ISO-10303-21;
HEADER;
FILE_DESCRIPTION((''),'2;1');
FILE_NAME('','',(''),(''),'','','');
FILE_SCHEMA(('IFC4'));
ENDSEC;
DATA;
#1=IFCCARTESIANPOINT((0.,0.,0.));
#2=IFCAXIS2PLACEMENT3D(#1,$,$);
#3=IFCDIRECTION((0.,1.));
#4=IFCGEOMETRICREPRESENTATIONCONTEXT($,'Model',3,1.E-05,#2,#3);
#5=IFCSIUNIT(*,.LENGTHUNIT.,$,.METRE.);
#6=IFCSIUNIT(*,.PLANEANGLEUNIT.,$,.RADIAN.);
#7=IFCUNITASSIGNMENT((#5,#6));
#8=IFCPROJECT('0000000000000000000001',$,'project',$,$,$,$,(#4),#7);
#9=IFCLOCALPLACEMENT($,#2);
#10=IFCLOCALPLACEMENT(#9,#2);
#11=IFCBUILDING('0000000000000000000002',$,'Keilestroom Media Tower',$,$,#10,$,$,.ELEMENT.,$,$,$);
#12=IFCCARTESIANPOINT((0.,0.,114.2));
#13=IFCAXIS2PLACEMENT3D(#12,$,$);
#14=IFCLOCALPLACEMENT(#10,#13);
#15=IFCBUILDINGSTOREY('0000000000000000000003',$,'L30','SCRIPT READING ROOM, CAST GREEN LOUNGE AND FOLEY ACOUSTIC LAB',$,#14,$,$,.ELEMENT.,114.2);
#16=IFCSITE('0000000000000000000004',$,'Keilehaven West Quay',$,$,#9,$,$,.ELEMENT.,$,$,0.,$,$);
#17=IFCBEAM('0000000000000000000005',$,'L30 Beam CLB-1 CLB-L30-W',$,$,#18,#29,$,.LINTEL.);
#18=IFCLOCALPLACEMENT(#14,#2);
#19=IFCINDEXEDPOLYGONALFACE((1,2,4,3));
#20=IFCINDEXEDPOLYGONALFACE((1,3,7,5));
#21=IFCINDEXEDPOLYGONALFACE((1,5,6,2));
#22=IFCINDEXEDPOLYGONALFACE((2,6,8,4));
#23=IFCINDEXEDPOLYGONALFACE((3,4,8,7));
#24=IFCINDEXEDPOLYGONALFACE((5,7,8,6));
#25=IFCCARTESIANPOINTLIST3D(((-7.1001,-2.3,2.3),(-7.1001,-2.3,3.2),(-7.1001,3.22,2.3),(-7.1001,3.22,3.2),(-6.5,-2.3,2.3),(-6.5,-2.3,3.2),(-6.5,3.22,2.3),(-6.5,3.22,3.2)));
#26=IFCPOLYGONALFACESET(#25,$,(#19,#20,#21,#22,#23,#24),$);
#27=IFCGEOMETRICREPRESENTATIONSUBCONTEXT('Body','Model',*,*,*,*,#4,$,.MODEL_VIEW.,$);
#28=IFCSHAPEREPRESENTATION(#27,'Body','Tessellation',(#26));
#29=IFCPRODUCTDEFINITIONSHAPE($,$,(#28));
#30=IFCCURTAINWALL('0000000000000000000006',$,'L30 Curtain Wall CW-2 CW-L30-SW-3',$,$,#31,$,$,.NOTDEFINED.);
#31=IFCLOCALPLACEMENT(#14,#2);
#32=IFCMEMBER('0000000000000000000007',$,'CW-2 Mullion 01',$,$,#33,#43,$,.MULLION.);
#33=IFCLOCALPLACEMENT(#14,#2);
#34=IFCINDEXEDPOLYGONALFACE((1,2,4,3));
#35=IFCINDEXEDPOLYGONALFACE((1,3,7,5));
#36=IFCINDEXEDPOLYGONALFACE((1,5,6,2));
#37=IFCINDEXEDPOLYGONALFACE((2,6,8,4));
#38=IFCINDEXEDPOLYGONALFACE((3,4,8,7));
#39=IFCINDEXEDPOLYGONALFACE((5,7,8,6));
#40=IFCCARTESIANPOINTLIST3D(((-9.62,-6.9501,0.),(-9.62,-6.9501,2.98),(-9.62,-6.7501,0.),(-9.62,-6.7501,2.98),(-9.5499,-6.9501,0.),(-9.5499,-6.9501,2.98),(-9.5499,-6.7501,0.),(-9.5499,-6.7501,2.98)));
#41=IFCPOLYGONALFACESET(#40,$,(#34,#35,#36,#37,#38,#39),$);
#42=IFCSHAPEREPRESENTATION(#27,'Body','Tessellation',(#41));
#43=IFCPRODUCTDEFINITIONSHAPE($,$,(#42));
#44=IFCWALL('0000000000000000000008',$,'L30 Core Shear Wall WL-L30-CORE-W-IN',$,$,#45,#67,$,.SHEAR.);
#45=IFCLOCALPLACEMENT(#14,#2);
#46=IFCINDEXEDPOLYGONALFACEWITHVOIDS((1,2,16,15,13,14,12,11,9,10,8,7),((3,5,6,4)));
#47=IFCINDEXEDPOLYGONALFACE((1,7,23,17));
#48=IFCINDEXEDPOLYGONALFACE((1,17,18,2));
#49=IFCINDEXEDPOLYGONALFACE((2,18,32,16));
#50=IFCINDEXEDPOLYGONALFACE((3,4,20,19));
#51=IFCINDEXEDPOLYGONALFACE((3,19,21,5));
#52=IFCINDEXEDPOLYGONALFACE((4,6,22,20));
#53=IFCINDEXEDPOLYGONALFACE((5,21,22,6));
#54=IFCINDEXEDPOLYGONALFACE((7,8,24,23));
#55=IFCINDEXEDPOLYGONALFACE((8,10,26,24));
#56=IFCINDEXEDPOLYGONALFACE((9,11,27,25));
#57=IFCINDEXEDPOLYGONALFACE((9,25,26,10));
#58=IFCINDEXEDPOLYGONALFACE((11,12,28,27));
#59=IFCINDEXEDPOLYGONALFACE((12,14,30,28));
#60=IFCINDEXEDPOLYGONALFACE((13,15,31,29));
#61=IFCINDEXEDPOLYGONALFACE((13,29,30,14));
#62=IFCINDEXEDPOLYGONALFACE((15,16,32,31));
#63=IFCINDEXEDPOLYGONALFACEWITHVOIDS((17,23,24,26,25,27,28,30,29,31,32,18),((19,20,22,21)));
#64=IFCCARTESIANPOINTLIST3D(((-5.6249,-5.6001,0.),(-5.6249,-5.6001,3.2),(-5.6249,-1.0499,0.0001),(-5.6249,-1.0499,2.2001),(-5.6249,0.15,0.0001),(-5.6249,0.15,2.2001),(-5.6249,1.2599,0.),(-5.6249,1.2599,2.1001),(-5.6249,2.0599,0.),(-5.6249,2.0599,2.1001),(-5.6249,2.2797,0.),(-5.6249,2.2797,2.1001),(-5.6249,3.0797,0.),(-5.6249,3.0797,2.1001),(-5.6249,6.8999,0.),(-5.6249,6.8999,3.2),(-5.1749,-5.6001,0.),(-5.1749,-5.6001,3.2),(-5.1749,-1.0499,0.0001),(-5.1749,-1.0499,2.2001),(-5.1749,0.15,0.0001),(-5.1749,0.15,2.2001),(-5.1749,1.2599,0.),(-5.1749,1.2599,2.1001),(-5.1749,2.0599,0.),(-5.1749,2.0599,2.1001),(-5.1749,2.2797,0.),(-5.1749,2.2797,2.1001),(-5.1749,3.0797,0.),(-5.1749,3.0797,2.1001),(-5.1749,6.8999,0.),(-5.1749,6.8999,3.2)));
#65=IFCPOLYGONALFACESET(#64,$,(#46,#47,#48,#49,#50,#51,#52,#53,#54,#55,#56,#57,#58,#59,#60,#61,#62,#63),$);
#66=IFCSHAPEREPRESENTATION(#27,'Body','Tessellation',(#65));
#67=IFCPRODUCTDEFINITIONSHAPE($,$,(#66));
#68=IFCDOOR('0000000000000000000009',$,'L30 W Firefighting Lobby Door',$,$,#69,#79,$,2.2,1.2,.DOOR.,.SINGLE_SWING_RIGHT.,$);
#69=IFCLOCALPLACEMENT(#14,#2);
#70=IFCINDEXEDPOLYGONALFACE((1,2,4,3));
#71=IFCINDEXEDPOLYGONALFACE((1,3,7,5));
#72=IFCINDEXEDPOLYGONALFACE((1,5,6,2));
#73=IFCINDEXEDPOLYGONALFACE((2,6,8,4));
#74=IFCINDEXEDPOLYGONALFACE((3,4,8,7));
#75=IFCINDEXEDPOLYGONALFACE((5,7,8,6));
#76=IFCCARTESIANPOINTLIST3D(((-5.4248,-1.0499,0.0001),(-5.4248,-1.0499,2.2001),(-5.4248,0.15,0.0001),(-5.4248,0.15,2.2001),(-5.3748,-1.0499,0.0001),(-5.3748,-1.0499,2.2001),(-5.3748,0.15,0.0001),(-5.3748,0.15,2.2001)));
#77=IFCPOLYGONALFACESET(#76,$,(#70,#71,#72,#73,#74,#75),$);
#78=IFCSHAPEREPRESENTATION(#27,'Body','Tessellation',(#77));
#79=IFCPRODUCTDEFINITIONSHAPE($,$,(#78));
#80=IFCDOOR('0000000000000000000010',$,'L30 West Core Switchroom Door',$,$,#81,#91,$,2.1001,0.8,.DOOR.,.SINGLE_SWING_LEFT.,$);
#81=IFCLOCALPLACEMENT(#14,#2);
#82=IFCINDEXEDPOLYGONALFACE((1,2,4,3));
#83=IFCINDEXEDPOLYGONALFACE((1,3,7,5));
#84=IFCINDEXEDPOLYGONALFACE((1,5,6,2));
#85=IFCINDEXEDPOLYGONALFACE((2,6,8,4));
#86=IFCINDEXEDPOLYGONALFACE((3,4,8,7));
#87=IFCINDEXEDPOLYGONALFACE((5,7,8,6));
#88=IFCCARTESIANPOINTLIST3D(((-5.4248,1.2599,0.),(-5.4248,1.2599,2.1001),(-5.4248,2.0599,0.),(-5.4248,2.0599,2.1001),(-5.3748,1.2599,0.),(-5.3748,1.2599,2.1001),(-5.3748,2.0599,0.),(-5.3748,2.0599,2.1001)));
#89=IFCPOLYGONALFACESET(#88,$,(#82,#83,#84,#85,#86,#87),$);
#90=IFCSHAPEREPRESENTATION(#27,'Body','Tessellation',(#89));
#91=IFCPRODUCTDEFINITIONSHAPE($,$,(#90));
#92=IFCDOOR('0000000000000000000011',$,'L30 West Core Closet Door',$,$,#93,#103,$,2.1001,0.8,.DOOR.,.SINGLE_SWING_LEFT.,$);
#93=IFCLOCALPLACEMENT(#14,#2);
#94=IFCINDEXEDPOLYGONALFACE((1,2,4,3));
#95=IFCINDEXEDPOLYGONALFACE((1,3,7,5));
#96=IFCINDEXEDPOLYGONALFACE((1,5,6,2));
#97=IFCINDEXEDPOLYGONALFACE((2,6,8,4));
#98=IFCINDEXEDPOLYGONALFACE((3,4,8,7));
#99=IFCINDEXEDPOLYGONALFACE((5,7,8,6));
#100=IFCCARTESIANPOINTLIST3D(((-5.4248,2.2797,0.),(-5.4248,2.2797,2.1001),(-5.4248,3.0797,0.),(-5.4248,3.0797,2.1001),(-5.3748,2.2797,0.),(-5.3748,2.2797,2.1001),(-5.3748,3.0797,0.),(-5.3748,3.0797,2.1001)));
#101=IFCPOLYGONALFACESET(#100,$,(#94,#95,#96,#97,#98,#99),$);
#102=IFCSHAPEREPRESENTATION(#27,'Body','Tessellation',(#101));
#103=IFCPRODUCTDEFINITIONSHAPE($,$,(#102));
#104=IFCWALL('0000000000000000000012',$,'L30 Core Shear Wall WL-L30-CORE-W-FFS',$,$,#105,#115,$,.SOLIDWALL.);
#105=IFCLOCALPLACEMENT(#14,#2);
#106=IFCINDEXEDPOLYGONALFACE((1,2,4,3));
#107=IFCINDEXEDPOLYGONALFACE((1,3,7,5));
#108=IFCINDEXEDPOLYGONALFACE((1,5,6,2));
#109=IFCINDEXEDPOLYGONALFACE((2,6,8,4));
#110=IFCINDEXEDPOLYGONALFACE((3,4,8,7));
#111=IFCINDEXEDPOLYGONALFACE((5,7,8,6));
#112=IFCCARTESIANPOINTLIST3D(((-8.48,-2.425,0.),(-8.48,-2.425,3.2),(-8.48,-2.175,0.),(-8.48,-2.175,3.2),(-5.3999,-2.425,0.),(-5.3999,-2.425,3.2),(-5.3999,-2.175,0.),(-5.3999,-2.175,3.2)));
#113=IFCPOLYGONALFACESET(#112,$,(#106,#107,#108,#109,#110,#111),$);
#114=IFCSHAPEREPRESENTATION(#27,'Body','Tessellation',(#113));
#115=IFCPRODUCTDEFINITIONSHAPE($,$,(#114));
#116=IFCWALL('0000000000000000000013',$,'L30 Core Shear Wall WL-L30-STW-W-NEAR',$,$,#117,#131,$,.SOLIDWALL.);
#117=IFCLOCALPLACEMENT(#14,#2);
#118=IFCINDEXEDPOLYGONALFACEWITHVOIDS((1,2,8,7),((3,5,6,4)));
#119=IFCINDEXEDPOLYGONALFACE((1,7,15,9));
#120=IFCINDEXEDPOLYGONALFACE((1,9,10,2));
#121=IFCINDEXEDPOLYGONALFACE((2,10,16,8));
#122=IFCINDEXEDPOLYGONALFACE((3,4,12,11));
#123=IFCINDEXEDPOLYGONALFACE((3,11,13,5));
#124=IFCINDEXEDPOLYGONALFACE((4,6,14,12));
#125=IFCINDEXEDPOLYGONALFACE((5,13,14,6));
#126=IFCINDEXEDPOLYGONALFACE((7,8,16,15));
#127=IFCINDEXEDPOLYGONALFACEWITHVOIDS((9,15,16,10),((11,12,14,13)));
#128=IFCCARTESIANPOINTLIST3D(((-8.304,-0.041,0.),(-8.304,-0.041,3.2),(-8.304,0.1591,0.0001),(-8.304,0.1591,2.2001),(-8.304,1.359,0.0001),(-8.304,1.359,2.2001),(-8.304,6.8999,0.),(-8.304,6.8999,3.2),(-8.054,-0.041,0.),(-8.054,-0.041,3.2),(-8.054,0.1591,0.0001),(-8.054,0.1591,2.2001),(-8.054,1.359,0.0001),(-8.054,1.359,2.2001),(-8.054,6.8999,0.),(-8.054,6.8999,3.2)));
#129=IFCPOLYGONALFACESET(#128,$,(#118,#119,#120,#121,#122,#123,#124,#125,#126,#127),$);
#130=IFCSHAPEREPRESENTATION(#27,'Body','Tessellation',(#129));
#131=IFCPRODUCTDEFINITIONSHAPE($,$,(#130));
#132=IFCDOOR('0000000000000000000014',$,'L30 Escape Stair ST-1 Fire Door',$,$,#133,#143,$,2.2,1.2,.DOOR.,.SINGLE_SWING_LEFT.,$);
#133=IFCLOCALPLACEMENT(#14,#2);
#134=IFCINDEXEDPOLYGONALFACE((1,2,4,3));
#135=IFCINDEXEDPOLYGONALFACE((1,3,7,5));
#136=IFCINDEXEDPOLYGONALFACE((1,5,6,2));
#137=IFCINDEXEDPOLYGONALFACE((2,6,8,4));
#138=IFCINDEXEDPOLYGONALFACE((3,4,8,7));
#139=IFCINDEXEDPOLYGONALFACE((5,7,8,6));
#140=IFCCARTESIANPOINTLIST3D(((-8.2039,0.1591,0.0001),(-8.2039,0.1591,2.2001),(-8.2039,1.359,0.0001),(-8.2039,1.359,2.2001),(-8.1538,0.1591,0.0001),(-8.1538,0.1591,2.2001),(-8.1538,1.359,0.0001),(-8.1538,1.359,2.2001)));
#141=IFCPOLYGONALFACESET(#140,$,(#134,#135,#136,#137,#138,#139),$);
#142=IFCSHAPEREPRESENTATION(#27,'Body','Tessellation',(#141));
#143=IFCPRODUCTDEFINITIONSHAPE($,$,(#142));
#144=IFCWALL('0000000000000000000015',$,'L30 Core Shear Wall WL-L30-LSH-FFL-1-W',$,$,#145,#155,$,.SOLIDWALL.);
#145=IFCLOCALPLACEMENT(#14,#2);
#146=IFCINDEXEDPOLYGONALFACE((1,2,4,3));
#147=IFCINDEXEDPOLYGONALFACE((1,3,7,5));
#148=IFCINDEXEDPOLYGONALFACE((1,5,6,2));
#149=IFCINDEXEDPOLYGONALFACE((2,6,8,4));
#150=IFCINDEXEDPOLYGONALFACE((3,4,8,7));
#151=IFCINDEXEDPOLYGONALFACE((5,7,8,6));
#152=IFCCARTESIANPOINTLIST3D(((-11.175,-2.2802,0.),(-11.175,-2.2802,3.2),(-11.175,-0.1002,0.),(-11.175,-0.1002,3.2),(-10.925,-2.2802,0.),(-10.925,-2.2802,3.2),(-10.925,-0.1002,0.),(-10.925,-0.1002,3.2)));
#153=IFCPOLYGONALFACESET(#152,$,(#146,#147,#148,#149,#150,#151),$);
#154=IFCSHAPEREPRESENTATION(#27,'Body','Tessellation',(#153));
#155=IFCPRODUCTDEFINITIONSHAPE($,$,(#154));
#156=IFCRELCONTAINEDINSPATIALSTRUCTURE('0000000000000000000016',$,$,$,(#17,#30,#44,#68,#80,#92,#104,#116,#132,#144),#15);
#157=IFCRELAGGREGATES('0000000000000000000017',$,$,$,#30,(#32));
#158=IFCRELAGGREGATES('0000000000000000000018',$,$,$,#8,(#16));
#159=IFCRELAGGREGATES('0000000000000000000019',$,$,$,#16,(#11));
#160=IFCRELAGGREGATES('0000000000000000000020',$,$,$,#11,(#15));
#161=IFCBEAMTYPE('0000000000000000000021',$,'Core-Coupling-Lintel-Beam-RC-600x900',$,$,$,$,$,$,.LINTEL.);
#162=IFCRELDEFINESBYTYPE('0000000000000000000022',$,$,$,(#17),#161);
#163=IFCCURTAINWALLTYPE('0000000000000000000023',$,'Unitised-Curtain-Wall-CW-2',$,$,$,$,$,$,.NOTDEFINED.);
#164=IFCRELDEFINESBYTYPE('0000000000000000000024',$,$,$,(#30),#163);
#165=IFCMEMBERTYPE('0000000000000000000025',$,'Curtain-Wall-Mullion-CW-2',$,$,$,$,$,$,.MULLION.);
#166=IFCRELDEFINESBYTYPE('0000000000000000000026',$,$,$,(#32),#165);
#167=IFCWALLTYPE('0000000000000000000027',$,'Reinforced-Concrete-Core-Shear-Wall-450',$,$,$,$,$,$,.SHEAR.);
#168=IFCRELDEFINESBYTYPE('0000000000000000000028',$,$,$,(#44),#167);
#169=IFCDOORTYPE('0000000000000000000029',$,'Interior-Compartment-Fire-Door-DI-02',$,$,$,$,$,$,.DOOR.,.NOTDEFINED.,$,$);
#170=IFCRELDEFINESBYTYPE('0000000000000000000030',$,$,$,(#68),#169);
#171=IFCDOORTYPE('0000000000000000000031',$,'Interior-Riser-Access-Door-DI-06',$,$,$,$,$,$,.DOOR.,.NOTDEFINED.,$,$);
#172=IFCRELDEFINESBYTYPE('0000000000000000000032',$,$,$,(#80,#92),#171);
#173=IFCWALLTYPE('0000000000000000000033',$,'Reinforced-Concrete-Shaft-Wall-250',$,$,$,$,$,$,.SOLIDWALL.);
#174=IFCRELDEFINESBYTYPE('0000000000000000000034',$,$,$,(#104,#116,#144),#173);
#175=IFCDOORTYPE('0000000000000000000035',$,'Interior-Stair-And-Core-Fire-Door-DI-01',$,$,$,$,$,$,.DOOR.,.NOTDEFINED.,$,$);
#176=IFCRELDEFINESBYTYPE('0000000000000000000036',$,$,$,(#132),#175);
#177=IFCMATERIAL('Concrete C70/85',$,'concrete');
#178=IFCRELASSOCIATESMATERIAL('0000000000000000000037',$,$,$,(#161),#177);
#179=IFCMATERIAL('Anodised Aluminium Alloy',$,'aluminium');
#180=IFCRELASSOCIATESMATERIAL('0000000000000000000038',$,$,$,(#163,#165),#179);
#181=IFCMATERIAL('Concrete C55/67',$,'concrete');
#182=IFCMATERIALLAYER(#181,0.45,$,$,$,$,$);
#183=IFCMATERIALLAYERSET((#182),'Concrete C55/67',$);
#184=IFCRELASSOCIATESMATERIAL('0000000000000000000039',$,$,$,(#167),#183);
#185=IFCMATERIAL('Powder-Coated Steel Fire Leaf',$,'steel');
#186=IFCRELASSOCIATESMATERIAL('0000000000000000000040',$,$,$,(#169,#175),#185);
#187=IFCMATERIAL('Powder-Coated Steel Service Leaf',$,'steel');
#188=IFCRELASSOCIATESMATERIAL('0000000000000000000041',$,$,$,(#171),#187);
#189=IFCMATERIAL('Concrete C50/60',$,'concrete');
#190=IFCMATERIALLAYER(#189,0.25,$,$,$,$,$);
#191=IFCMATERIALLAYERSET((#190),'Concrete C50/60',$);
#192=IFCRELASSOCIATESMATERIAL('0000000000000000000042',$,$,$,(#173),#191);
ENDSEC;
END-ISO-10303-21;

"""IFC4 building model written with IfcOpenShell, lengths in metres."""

from ifc_helpers import new_model, si_unit, direction, frame, frame_2d, origin, origin_2d, place, context, subcontext, project, spatial, rectangle, extrude, source, transform, mapped, material, layer, layer_set, material_profile, profile_set, type_object, element, fill, aggregate, save


model = new_model("IFC4")

# Units and contexts
model_context = context("Model", 3, precision=1e-05, world=origin(), true_north=direction((0.0, 1.0)))
body_context = subcontext(model_context, "Body", "Model", "MODEL_VIEW")
ifc_project = project(units=[si_unit("LENGTHUNIT", "METRE"), si_unit("PLANEANGLEUNIT", "RADIAN")], contexts=[model_context])

# Site, building, storey
site_placement = place(None, origin())
site = spatial("IfcSite", under=ifc_project, at=site_placement, Name="Keilehaven West Quay", CompositionType="ELEMENT", RefElevation=0.0)
building_placement = place(site_placement, origin())
building = spatial("IfcBuilding", under=site, at=building_placement, Name="Keilestroom Media Tower", CompositionType="ELEMENT")
storey_placement = place(building_placement, frame((0.0, 0.0, 114.2)))
storey = spatial("IfcBuildingStorey", under=building, at=storey_placement, Name="L30", Description="SCRIPT READING ROOM, CAST GREEN LOUNGE AND FOLEY ACOUSTIC LAB", CompositionType="ELEMENT", Elevation=114.2)

# Beam
ifc_material_1 = material(Name="Concrete C70/85", Category="concrete")
ifc_material_profile_1 = material_profile(ifc_material_1, rectangle(XDim=0.6001, YDim=0.8999, at=origin_2d()), Name="RC 600x900")
ifc_profile_set_1 = profile_set([ifc_material_profile_1], Name="Concrete C70/85")
beam_type = type_object("IfcBeamType", Name="Core-Coupling-Lintel-Beam-RC-600x900", PredefinedType="LINTEL", material=ifc_profile_set_1)
shared_shape_1 = source(origin(), body_context, "Body", "SweptSolid", [
    extrude(rectangle(XDim=0.6001, YDim=0.8999, at=origin_2d()), origin(), (0.0, 0.0, 1.0), 5.52),
])
beam_placement = place(storey_placement, frame((-6.8, -2.3, 2.75), z_axis=(0.0, 1.0, 0.0), x_axis=(-1.0, 0.0, 0.0)))
element("IfcBeam", 1, at=beam_placement, inside=storey, type_object=beam_type, Name="L30 Beam CLB-1 CLB-L30-W", PredefinedType="LINTEL", context=body_context, shape_type="MappedRepresentation", body=[
    mapped(shared_shape_1, transform((0.0, 0.0, 0.0), x_axis=(1.0, 0.0, 0.0), y_axis=(0.0, 1.0, 0.0), z_axis=(0.0, 0.0, 1.0), scale=1.0)),
])

# Curtain wall, member
ifc_material_2 = material(Name="Anodised Aluminium Alloy", Category="aluminium")
curtain_wall_type = type_object("IfcCurtainWallType", Name="Unitised-Curtain-Wall-CW-2", PredefinedType="NOTDEFINED", material=ifc_material_2)
curtain_wall_placement = place(storey_placement, origin())
curtain_wall = element("IfcCurtainWall", 2, at=curtain_wall_placement, inside=storey, type_object=curtain_wall_type, Name="L30 Curtain Wall CW-2 CW-L30-SW-3", PredefinedType="NOTDEFINED")
ifc_material_profile_2 = material_profile(ifc_material_2, rectangle(XDim=0.0701, YDim=0.2, at=origin_2d()), Name="ALU MULLION 70x200")
ifc_profile_set_2 = profile_set([ifc_material_profile_2], Name="Anodised Aluminium Alloy")
member_type = type_object("IfcMemberType", Name="Curtain-Wall-Mullion-CW-2", PredefinedType="MULLION", material=ifc_profile_set_2)
shared_shape_2 = source(origin(), body_context, "Body", "SweptSolid", [
    extrude(rectangle(XDim=0.0701, YDim=0.2, at=origin_2d()), origin(), (0.0, 0.0, 1.0), 2.98),
])
member_placement = place(storey_placement, frame((-9.585, -6.8501, 0.0), z_axis=(0.0, 0.0, 1.0), x_axis=(1.0, 0.0, 0.0)))
member = element("IfcMember", 3, at=member_placement, type_object=member_type, Name="CW-2 Mullion 01", PredefinedType="MULLION", context=body_context, shape_type="MappedRepresentation", body=[
    mapped(shared_shape_2, transform((0.0, 0.0, 0.0), x_axis=(1.0, 0.0, 0.0), y_axis=(0.0, 1.0, 0.0), z_axis=(0.0, 0.0, 1.0), scale=1.0)),
])
aggregate(curtain_wall, [member])

# Wall, openings, doors
ifc_material_3 = material(Name="Concrete C55/67", Category="concrete")
ifc_layer_1 = layer(ifc_material_3, 0.45)
ifc_layer_set_1 = layer_set([ifc_layer_1], Name="Concrete C55/67")
wall_type_1 = type_object("IfcWallType", Name="Reinforced-Concrete-Core-Shear-Wall-450", PredefinedType="SHEAR", material=ifc_layer_set_1)
wall_1_placement = place(storey_placement, frame((-5.3999, -5.6001, 0.0), z_axis=(0.0, 0.0, 1.0), x_axis=(0.0, 1.0, 0.0)))
wall_1 = element("IfcWall", 4, at=wall_1_placement, inside=storey, type_object=wall_type_1, Name="L30 Core Shear Wall WL-L30-CORE-W-IN", PredefinedType="SHEAR", context=body_context, shape_type="SweptSolid", body=[
    extrude(rectangle(XDim=12.5, YDim=0.45, at=frame_2d((6.25, 0.0))), origin(), (0.0, 0.0, 1.0), 3.2),
])
opening_1_placement = place(wall_1_placement, frame((4.55, 0.0, 0.0)))
opening_1 = element("IfcOpeningElement", 5, at=opening_1_placement, cuts=wall_1, PredefinedType="OPENING", context=body_context, shape_type="SweptSolid", body=[
    extrude(rectangle(XDim=1.2, YDim=2.2, at=frame_2d((0.6001, 1.1001))), frame((0.0, 0.2349, 0.0), z_axis=(0.0, -1.0, 0.0), x_axis=(1.0, 0.0, 0.0)), (0.0, 0.0, 1.0), 0.47),
])
opening_2_placement = place(wall_1_placement, frame((6.8601, 0.0, 0.0)))
opening_2 = element("IfcOpeningElement", 6, at=opening_2_placement, cuts=wall_1, PredefinedType="OPENING", context=body_context, shape_type="SweptSolid", body=[
    extrude(rectangle(XDim=0.8, YDim=2.1001, at=frame_2d((0.3999, 1.05))), frame((0.0, 0.2349, 0.0), z_axis=(0.0, -1.0, 0.0), x_axis=(1.0, 0.0, 0.0)), (0.0, 0.0, 1.0), 0.47),
])
opening_3_placement = place(wall_1_placement, frame((7.8799, 0.0, 0.0)))
opening_3 = element("IfcOpeningElement", 7, at=opening_3_placement, cuts=wall_1, PredefinedType="OPENING", context=body_context, shape_type="SweptSolid", body=[
    extrude(rectangle(XDim=0.8, YDim=2.1001, at=frame_2d((0.3999, 1.05))), frame((0.0, 0.2349, 0.0), z_axis=(0.0, -1.0, 0.0), x_axis=(1.0, 0.0, 0.0)), (0.0, 0.0, 1.0), 0.47),
])
ifc_material_4 = material(Name="Powder-Coated Steel Fire Leaf", Category="steel")
door_type_1 = type_object("IfcDoorType", Name="Interior-Compartment-Fire-Door-DI-02", OperationType="NOTDEFINED", PredefinedType="DOOR", material=ifc_material_4)
shared_shape_3 = source(origin(), body_context, "Body", "SweptSolid", [
    extrude(rectangle(XDim=1.2, YDim=2.2, at=frame_2d((0.6001, 1.1001))), frame((0.0, 0.0249, 0.0), z_axis=(0.0, -1.0, 0.0), x_axis=(1.0, 0.0, 0.0)), (0.0, 0.0, 1.0), 0.05),
])
door_1_placement = place(opening_1_placement, origin())
door_1 = element("IfcDoor", 8, at=door_1_placement, inside=storey, type_object=door_type_1, Name="L30 W Firefighting Lobby Door", OperationType="SINGLE_SWING_RIGHT", OverallHeight=2.2, OverallWidth=1.2, PredefinedType="DOOR", context=body_context, shape_type="MappedRepresentation", body=[
    mapped(shared_shape_3, transform((0.0, 0.0, 0.0), x_axis=(1.0, 0.0, 0.0), y_axis=(0.0, 1.0, 0.0), z_axis=(0.0, 0.0, 1.0), scale=1.0)),
])
fill(opening_1, door_1)
ifc_material_5 = material(Name="Powder-Coated Steel Service Leaf", Category="steel")
door_type_2 = type_object("IfcDoorType", Name="Interior-Riser-Access-Door-DI-06", OperationType="NOTDEFINED", PredefinedType="DOOR", material=ifc_material_5)
shared_shape_4 = source(origin(), body_context, "Body", "SweptSolid", [
    extrude(rectangle(XDim=0.8, YDim=2.1001, at=frame_2d((0.3999, 1.05))), frame((0.0, 0.0249, 0.0), z_axis=(0.0, -1.0, 0.0), x_axis=(1.0, 0.0, 0.0)), (0.0, 0.0, 1.0), 0.05),
])
door_2_placement = place(opening_2_placement, origin())
door_2 = element("IfcDoor", 9, at=door_2_placement, inside=storey, type_object=door_type_2, Name="L30 West Core Switchroom Door", OperationType="SINGLE_SWING_LEFT", OverallHeight=2.1001, OverallWidth=0.8, PredefinedType="DOOR", context=body_context, shape_type="MappedRepresentation", body=[
    mapped(shared_shape_4, transform((0.0, 0.0, 0.0), x_axis=(1.0, 0.0, 0.0), y_axis=(0.0, 1.0, 0.0), z_axis=(0.0, 0.0, 1.0), scale=1.0)),
])
fill(opening_2, door_2)
door_3_placement = place(opening_3_placement, origin())
door_3 = element("IfcDoor", 10, at=door_3_placement, inside=storey, type_object=door_type_2, Name="L30 West Core Closet Door", OperationType="SINGLE_SWING_LEFT", OverallHeight=2.1001, OverallWidth=0.8, PredefinedType="DOOR", context=body_context, shape_type="MappedRepresentation", body=[
    mapped(shared_shape_4, transform((0.0, 0.0, 0.0), x_axis=(1.0, 0.0, 0.0), y_axis=(0.0, 1.0, 0.0), z_axis=(0.0, 0.0, 1.0), scale=1.0)),
])
fill(opening_3, door_3)

# Wall
ifc_material_6 = material(Name="Concrete C50/60", Category="concrete")
ifc_layer_2 = layer(ifc_material_6, 0.25)
ifc_layer_set_2 = layer_set([ifc_layer_2], Name="Concrete C50/60")
wall_type_2 = type_object("IfcWallType", Name="Reinforced-Concrete-Shaft-Wall-250", PredefinedType="SOLIDWALL", material=ifc_layer_set_2)
wall_2_placement = place(storey_placement, frame((-8.48, -2.3, 0.0), z_axis=(0.0, 0.0, 1.0), x_axis=(1.0, 0.0, 0.0)))
element("IfcWall", 11, at=wall_2_placement, inside=storey, type_object=wall_type_2, Name="L30 Core Shear Wall WL-L30-CORE-W-FFS", PredefinedType="SOLIDWALL", context=body_context, shape_type="SweptSolid", body=[
    extrude(rectangle(XDim=3.0801, YDim=0.25, at=frame_2d((1.54, 0.0))), origin(), (0.0, 0.0, 1.0), 3.2),
])

# Wall, opening, door
wall_3_placement = place(storey_placement, frame((-8.179, -0.041, 0.0), z_axis=(0.0, 0.0, 1.0), x_axis=(0.0, 1.0, 0.0)))
wall_3 = element("IfcWall", 12, at=wall_3_placement, inside=storey, type_object=wall_type_2, Name="L30 Core Shear Wall WL-L30-STW-W-NEAR", PredefinedType="SOLIDWALL", context=body_context, shape_type="SweptSolid", body=[
    extrude(rectangle(XDim=6.9409, YDim=0.25, at=frame_2d((3.4705, 0.0))), origin(), (0.0, 0.0, 1.0), 3.2),
])
opening_4_placement = place(wall_3_placement, frame((0.2, 0.0, 0.0)))
opening_4 = element("IfcOpeningElement", 13, at=opening_4_placement, cuts=wall_3, PredefinedType="OPENING", context=body_context, shape_type="SweptSolid", body=[
    extrude(rectangle(XDim=1.2, YDim=2.2, at=frame_2d((0.6001, 1.1001))), frame((0.0, 0.135, 0.0), z_axis=(0.0, -1.0, 0.0), x_axis=(1.0, 0.0, 0.0)), (0.0, 0.0, 1.0), 0.27),
])
door_type_3 = type_object("IfcDoorType", Name="Interior-Stair-And-Core-Fire-Door-DI-01", OperationType="NOTDEFINED", PredefinedType="DOOR", material=ifc_material_4)
door_4_placement = place(opening_4_placement, origin())
door_4 = element("IfcDoor", 14, at=door_4_placement, inside=storey, type_object=door_type_3, Name="L30 Escape Stair ST-1 Fire Door", OperationType="SINGLE_SWING_LEFT", OverallHeight=2.2, OverallWidth=1.2, PredefinedType="DOOR", context=body_context, shape_type="MappedRepresentation", body=[
    mapped(shared_shape_3, transform((0.0, 0.0, 0.0), x_axis=(1.0, 0.0, 0.0), y_axis=(0.0, 1.0, 0.0), z_axis=(0.0, 0.0, 1.0), scale=1.0)),
])
fill(opening_4, door_4)

# Wall
wall_4_placement = place(storey_placement, frame((-11.05, -2.28, 0.0), z_axis=(0.0, 0.0, 1.0), x_axis=(0.0, 1.0, 0.0)))
element("IfcWall", 15, at=wall_4_placement, inside=storey, type_object=wall_type_2, Name="L30 Core Shear Wall WL-L30-LSH-FFL-1-W", PredefinedType="SOLIDWALL", context=body_context, shape_type="SweptSolid", body=[
    extrude(rectangle(XDim=2.1799, YDim=0.25, at=frame_2d((1.0898, 0.0))), origin(), (0.0, 0.0, 1.0), 3.2),
])

save(model, "model.ifc")
